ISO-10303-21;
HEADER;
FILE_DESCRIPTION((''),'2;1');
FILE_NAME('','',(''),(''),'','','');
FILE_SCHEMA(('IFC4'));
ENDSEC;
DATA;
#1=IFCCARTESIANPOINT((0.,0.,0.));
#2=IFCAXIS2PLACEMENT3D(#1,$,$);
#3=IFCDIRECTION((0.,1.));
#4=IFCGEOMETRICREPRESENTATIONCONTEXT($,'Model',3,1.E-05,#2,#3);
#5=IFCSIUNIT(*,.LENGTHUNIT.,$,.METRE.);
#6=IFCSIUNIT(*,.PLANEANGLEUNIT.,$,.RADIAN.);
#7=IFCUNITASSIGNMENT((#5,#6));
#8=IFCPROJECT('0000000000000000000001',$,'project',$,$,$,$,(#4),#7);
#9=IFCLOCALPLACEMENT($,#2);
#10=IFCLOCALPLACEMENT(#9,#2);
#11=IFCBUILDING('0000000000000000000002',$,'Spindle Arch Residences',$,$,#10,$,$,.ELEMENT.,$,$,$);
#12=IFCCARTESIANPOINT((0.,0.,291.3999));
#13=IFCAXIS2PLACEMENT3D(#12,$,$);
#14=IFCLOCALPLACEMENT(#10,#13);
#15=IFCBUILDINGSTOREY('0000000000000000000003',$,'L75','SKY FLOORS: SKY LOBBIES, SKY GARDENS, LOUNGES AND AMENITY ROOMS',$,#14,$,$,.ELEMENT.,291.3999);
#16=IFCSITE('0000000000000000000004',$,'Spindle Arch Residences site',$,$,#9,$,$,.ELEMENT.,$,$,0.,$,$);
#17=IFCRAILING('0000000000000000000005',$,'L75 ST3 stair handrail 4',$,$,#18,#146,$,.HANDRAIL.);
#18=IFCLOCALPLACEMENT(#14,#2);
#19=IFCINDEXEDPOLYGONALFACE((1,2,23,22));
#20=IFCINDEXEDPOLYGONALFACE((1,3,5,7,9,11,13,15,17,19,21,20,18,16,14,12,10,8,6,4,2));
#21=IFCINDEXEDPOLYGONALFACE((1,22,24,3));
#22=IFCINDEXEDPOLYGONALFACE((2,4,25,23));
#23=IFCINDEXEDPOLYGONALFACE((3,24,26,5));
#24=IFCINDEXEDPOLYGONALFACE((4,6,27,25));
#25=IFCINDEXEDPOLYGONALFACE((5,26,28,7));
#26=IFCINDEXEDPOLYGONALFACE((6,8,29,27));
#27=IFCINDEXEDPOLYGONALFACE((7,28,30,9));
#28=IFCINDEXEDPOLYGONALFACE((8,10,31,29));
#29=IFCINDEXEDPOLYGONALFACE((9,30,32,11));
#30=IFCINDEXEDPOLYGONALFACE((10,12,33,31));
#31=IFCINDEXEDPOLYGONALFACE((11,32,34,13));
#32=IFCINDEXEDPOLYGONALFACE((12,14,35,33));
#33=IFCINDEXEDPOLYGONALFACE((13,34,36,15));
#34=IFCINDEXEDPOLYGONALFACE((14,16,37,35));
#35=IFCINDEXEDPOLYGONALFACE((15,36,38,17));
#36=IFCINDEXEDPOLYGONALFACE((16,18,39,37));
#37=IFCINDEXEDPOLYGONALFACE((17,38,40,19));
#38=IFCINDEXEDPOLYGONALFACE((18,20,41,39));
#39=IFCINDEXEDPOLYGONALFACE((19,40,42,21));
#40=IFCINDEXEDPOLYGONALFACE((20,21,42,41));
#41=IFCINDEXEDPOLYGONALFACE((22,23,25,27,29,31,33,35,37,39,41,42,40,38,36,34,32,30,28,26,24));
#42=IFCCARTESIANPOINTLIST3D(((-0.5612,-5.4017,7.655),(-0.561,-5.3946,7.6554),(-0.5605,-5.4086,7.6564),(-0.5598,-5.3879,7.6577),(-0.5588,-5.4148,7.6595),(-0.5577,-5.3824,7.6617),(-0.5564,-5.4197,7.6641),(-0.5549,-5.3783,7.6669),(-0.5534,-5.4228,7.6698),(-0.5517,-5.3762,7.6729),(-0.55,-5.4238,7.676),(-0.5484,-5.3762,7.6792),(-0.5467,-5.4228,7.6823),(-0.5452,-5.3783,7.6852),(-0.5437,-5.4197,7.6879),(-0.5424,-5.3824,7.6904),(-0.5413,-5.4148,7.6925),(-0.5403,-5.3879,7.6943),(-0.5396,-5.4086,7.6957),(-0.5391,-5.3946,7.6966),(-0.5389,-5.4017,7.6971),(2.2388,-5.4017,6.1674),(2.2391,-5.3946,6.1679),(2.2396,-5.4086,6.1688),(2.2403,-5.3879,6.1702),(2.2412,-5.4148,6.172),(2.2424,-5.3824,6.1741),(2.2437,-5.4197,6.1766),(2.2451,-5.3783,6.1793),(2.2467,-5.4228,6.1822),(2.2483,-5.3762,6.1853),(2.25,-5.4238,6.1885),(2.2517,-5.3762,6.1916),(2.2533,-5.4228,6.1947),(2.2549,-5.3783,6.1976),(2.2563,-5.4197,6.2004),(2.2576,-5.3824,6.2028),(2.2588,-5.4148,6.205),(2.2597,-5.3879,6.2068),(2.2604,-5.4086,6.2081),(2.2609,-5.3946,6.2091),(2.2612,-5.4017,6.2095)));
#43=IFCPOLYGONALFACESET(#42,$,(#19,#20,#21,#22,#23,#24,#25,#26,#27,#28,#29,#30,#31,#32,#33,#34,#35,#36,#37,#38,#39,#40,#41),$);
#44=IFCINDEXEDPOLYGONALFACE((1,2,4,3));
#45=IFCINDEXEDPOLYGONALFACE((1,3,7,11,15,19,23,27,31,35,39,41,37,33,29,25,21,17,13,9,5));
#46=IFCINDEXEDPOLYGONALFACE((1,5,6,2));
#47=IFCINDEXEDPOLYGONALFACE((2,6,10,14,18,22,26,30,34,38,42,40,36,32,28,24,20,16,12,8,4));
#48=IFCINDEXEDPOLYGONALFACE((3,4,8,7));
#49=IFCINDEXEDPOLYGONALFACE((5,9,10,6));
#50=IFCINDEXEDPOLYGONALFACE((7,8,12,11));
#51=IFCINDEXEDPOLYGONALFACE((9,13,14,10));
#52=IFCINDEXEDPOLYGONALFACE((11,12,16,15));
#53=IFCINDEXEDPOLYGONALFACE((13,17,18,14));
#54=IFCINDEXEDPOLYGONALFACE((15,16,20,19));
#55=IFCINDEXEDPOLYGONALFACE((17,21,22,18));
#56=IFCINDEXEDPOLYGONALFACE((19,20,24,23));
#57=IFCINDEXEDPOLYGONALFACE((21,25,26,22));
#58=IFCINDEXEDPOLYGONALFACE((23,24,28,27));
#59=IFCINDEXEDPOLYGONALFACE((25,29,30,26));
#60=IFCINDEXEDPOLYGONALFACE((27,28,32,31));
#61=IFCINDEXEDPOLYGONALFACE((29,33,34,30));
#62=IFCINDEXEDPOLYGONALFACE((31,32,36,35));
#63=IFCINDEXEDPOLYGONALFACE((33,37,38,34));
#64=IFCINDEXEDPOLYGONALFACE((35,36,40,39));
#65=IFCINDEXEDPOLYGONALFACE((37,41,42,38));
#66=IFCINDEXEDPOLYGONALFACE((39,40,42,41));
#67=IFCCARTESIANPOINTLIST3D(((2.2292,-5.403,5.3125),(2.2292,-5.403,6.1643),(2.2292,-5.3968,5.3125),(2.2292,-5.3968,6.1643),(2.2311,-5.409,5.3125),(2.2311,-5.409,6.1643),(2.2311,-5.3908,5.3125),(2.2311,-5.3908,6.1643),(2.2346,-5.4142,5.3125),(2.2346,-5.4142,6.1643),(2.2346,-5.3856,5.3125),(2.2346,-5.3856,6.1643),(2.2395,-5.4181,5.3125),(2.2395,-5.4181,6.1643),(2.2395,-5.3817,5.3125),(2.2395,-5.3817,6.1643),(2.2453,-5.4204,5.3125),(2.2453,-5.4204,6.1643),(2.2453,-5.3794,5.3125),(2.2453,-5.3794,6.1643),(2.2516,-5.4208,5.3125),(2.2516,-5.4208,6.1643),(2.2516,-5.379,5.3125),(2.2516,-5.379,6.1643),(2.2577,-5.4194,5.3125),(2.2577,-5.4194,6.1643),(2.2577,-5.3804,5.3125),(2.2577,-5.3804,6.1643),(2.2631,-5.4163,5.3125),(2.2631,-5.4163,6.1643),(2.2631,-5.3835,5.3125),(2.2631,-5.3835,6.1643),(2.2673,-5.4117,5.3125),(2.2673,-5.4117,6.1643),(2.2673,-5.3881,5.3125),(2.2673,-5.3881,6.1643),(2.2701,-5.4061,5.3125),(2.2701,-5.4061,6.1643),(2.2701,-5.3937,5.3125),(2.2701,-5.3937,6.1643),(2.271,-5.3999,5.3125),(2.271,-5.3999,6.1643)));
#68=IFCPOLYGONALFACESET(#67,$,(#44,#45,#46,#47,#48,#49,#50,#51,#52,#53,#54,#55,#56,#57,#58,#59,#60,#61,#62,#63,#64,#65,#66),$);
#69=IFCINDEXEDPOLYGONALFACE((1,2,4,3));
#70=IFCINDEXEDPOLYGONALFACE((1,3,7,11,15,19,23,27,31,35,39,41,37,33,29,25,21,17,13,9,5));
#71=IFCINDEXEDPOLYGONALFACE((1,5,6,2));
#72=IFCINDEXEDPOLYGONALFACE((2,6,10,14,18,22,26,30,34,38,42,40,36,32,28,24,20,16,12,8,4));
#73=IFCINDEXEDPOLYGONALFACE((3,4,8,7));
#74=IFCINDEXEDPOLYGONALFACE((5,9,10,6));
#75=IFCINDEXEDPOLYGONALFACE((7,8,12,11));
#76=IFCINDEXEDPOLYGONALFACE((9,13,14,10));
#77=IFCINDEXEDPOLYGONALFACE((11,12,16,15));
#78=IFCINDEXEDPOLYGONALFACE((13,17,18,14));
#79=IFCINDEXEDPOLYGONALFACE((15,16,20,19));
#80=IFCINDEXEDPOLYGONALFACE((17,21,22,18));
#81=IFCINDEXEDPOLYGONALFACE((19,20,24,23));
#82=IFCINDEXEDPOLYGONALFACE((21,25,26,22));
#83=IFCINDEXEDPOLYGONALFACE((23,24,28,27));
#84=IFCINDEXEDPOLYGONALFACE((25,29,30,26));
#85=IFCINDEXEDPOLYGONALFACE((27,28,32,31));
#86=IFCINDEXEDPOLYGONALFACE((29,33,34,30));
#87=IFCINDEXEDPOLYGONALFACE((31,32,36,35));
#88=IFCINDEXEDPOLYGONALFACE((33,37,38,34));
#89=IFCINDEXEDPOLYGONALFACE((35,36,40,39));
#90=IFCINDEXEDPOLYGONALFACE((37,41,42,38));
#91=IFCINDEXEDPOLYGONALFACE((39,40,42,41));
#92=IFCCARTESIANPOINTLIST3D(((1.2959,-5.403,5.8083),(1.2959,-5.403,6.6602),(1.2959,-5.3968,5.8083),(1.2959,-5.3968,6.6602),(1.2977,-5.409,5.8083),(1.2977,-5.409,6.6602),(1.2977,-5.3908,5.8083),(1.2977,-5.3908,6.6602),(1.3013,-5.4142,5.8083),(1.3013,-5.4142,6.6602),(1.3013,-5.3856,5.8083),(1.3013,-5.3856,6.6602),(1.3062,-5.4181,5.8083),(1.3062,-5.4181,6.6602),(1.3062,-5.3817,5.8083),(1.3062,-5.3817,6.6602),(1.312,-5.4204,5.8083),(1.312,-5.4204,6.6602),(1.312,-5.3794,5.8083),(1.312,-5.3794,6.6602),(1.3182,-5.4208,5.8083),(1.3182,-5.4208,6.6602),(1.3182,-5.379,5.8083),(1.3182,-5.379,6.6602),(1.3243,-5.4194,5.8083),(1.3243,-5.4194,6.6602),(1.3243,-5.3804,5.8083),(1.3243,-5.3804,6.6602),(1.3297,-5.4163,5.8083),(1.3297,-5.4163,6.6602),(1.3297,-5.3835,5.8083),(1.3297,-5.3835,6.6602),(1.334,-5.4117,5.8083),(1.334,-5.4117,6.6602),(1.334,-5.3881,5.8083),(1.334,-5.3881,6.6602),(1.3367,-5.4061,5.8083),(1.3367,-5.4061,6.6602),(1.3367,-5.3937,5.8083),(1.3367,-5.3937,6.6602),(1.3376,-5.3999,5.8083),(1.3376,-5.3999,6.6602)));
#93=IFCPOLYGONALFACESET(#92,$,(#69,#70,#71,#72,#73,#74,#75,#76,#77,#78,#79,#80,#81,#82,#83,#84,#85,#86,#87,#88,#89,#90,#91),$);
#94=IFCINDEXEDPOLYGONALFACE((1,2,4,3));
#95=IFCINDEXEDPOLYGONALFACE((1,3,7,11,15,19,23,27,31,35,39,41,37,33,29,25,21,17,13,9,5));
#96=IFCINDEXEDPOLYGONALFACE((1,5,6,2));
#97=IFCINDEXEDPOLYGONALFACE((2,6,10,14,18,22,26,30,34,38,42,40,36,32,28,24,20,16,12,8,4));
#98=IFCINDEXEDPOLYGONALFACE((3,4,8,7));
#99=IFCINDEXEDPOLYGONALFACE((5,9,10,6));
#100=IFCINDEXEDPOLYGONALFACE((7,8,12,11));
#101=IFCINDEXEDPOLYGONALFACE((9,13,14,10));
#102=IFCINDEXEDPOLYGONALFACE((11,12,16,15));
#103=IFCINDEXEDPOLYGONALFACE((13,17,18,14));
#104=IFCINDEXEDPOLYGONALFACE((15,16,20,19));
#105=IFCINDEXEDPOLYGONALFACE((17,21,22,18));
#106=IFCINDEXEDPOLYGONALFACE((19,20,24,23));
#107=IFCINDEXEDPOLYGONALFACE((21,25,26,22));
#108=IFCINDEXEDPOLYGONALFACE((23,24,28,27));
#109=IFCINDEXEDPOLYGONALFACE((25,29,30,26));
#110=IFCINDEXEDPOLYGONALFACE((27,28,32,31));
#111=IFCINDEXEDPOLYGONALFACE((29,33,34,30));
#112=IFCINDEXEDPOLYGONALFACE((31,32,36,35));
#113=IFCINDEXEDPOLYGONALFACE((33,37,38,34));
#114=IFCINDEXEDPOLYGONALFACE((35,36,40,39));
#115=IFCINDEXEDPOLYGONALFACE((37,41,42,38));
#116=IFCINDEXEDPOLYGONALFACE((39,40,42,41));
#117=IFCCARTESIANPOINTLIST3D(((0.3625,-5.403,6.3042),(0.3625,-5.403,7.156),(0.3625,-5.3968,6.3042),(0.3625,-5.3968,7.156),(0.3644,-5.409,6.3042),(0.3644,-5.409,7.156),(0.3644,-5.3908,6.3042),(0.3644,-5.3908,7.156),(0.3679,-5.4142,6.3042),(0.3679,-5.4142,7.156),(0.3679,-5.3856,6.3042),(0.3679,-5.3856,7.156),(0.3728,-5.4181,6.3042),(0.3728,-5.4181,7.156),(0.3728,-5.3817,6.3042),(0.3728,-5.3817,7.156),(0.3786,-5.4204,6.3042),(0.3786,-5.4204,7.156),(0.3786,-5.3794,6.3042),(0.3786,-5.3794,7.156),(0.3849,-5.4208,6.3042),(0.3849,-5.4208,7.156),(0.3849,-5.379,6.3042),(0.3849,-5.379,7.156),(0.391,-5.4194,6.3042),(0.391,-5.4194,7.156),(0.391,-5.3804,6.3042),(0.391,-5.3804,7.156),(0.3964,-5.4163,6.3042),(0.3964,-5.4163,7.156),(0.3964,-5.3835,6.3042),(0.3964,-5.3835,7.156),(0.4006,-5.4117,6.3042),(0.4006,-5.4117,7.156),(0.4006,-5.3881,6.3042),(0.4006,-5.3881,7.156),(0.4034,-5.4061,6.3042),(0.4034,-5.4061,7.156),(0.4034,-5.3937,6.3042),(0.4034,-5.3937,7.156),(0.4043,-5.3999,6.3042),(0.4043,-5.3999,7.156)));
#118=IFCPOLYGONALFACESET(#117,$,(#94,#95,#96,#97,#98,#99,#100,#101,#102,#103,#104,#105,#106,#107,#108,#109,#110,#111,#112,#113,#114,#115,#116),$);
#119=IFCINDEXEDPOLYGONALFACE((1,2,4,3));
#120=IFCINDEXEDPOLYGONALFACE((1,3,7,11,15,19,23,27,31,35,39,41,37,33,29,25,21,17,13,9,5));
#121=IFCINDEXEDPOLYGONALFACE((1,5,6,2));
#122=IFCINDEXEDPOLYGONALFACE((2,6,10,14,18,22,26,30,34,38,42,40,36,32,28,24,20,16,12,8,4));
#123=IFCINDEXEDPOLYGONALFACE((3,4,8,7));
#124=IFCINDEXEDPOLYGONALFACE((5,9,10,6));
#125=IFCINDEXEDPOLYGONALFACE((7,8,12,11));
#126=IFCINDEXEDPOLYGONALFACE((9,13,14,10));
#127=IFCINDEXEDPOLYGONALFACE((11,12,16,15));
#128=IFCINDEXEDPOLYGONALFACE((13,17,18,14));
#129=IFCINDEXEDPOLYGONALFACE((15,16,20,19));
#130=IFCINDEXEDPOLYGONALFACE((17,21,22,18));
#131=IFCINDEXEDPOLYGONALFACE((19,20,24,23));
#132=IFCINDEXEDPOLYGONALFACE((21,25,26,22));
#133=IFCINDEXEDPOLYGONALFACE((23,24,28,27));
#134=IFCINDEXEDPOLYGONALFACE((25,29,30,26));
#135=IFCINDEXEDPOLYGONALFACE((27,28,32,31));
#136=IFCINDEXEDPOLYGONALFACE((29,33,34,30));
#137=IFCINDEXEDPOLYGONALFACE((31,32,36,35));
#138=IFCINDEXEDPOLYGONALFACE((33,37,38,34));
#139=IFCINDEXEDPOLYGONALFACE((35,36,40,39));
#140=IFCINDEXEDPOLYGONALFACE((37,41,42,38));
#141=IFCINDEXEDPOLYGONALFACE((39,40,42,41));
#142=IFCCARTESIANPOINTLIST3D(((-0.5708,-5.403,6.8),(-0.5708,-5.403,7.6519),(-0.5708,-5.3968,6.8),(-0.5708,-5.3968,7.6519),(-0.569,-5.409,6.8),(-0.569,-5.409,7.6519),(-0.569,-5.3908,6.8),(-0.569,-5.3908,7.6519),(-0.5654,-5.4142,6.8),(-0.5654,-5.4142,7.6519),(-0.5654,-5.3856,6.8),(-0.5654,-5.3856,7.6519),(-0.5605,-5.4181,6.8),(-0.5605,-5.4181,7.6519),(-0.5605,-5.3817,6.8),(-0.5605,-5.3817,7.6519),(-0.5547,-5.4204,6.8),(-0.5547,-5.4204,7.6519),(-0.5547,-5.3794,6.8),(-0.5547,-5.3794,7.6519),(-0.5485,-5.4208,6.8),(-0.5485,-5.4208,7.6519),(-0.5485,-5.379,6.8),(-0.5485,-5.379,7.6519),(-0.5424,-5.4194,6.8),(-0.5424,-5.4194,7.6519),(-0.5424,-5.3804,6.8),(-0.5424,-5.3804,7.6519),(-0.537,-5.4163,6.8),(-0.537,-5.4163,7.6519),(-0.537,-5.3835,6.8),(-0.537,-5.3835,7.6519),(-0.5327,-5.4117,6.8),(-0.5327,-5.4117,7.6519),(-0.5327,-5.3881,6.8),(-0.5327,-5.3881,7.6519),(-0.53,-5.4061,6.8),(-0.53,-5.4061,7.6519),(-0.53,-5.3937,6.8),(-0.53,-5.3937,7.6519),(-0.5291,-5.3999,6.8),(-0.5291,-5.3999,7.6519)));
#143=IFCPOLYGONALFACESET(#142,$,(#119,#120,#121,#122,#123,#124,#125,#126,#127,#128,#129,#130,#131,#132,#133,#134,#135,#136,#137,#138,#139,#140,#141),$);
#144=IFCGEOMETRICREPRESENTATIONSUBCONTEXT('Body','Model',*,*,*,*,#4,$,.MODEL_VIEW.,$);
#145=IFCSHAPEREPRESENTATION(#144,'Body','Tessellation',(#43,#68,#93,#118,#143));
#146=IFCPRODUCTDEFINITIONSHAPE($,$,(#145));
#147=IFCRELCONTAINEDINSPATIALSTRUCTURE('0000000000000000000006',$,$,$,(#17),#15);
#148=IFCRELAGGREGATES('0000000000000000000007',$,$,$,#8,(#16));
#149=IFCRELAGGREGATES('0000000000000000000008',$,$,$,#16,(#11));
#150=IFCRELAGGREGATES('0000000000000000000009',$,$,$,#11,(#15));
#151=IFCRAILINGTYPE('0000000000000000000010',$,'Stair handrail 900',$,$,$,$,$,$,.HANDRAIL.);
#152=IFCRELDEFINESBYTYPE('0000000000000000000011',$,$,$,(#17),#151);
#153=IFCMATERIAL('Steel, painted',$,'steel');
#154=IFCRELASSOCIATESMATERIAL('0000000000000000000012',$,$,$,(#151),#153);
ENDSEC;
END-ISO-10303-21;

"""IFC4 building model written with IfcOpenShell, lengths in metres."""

from ifc_helpers import new_model, si_unit, direction, frame, origin, origin_2d, place, context, subcontext, project, spatial, circle, extrude, material, type_object, element, save


model = new_model("IFC4")

# Units and contexts
model_context = context("Model", 3, precision=1e-05, world=origin(), true_north=direction((0.0, 1.0)))
body_context = subcontext(model_context, "Body", "Model", "MODEL_VIEW")
ifc_project = project(units=[si_unit("LENGTHUNIT", "METRE"), si_unit("PLANEANGLEUNIT", "RADIAN")], contexts=[model_context])

# Site, building, storey
site_placement = place(None, origin())
site = spatial("IfcSite", under=ifc_project, at=site_placement, Name="Spindle Arch Residences site", CompositionType="ELEMENT", RefElevation=0.0)
building_placement = place(site_placement, origin())
building = spatial("IfcBuilding", under=site, at=building_placement, Name="Spindle Arch Residences", CompositionType="ELEMENT")
storey_placement = place(building_placement, frame((0.0, 0.0, 291.3999)))
storey = spatial("IfcBuildingStorey", under=building, at=storey_placement, Name="L75", Description="SKY FLOORS: SKY LOBBIES, SKY GARDENS, LOUNGES AND AMENITY ROOMS", CompositionType="ELEMENT", Elevation=291.3999)

# Railing
ifc_material_1 = material(Name="Steel, painted", Category="steel")
railing_type = type_object("IfcRailingType", Name="Stair handrail 900", PredefinedType="HANDRAIL", material=ifc_material_1)
railing_placement = place(storey_placement, frame((2.25, -5.3999, 5.3125)))
element("IfcRailing", 1, at=railing_placement, inside=storey, type_object=railing_type, Name="L75 ST3 stair handrail 4", PredefinedType="HANDRAIL", context=body_context, shape_type="SweptSolid", body=[
    extrude(circle(Radius=0.0239, at=origin_2d()), frame((0.0, 0.0, 0.876), z_axis=(-0.883113, 0.0, 0.469161), x_axis=(0.0, -1.0, 0.0)), (0.0, 0.0, 1.0), 3.1707),
    extrude(circle(Radius=0.021, at=origin_2d()), origin(), (0.0, 0.0, 1.0), 0.8518),
    extrude(circle(Radius=0.021, at=origin_2d()), frame((-0.9333, 0.0, 0.4958)), (0.0, 0.0, 1.0), 0.8518),
    extrude(circle(Radius=0.021, at=origin_2d()), frame((-1.8667, 0.0, 0.9917)), (0.0, 0.0, 1.0), 0.8518),
    extrude(circle(Radius=0.021, at=origin_2d()), frame((-2.8, 0.0, 1.4875)), (0.0, 0.0, 1.0), 0.8518),
])

save(model, "model.ifc")
